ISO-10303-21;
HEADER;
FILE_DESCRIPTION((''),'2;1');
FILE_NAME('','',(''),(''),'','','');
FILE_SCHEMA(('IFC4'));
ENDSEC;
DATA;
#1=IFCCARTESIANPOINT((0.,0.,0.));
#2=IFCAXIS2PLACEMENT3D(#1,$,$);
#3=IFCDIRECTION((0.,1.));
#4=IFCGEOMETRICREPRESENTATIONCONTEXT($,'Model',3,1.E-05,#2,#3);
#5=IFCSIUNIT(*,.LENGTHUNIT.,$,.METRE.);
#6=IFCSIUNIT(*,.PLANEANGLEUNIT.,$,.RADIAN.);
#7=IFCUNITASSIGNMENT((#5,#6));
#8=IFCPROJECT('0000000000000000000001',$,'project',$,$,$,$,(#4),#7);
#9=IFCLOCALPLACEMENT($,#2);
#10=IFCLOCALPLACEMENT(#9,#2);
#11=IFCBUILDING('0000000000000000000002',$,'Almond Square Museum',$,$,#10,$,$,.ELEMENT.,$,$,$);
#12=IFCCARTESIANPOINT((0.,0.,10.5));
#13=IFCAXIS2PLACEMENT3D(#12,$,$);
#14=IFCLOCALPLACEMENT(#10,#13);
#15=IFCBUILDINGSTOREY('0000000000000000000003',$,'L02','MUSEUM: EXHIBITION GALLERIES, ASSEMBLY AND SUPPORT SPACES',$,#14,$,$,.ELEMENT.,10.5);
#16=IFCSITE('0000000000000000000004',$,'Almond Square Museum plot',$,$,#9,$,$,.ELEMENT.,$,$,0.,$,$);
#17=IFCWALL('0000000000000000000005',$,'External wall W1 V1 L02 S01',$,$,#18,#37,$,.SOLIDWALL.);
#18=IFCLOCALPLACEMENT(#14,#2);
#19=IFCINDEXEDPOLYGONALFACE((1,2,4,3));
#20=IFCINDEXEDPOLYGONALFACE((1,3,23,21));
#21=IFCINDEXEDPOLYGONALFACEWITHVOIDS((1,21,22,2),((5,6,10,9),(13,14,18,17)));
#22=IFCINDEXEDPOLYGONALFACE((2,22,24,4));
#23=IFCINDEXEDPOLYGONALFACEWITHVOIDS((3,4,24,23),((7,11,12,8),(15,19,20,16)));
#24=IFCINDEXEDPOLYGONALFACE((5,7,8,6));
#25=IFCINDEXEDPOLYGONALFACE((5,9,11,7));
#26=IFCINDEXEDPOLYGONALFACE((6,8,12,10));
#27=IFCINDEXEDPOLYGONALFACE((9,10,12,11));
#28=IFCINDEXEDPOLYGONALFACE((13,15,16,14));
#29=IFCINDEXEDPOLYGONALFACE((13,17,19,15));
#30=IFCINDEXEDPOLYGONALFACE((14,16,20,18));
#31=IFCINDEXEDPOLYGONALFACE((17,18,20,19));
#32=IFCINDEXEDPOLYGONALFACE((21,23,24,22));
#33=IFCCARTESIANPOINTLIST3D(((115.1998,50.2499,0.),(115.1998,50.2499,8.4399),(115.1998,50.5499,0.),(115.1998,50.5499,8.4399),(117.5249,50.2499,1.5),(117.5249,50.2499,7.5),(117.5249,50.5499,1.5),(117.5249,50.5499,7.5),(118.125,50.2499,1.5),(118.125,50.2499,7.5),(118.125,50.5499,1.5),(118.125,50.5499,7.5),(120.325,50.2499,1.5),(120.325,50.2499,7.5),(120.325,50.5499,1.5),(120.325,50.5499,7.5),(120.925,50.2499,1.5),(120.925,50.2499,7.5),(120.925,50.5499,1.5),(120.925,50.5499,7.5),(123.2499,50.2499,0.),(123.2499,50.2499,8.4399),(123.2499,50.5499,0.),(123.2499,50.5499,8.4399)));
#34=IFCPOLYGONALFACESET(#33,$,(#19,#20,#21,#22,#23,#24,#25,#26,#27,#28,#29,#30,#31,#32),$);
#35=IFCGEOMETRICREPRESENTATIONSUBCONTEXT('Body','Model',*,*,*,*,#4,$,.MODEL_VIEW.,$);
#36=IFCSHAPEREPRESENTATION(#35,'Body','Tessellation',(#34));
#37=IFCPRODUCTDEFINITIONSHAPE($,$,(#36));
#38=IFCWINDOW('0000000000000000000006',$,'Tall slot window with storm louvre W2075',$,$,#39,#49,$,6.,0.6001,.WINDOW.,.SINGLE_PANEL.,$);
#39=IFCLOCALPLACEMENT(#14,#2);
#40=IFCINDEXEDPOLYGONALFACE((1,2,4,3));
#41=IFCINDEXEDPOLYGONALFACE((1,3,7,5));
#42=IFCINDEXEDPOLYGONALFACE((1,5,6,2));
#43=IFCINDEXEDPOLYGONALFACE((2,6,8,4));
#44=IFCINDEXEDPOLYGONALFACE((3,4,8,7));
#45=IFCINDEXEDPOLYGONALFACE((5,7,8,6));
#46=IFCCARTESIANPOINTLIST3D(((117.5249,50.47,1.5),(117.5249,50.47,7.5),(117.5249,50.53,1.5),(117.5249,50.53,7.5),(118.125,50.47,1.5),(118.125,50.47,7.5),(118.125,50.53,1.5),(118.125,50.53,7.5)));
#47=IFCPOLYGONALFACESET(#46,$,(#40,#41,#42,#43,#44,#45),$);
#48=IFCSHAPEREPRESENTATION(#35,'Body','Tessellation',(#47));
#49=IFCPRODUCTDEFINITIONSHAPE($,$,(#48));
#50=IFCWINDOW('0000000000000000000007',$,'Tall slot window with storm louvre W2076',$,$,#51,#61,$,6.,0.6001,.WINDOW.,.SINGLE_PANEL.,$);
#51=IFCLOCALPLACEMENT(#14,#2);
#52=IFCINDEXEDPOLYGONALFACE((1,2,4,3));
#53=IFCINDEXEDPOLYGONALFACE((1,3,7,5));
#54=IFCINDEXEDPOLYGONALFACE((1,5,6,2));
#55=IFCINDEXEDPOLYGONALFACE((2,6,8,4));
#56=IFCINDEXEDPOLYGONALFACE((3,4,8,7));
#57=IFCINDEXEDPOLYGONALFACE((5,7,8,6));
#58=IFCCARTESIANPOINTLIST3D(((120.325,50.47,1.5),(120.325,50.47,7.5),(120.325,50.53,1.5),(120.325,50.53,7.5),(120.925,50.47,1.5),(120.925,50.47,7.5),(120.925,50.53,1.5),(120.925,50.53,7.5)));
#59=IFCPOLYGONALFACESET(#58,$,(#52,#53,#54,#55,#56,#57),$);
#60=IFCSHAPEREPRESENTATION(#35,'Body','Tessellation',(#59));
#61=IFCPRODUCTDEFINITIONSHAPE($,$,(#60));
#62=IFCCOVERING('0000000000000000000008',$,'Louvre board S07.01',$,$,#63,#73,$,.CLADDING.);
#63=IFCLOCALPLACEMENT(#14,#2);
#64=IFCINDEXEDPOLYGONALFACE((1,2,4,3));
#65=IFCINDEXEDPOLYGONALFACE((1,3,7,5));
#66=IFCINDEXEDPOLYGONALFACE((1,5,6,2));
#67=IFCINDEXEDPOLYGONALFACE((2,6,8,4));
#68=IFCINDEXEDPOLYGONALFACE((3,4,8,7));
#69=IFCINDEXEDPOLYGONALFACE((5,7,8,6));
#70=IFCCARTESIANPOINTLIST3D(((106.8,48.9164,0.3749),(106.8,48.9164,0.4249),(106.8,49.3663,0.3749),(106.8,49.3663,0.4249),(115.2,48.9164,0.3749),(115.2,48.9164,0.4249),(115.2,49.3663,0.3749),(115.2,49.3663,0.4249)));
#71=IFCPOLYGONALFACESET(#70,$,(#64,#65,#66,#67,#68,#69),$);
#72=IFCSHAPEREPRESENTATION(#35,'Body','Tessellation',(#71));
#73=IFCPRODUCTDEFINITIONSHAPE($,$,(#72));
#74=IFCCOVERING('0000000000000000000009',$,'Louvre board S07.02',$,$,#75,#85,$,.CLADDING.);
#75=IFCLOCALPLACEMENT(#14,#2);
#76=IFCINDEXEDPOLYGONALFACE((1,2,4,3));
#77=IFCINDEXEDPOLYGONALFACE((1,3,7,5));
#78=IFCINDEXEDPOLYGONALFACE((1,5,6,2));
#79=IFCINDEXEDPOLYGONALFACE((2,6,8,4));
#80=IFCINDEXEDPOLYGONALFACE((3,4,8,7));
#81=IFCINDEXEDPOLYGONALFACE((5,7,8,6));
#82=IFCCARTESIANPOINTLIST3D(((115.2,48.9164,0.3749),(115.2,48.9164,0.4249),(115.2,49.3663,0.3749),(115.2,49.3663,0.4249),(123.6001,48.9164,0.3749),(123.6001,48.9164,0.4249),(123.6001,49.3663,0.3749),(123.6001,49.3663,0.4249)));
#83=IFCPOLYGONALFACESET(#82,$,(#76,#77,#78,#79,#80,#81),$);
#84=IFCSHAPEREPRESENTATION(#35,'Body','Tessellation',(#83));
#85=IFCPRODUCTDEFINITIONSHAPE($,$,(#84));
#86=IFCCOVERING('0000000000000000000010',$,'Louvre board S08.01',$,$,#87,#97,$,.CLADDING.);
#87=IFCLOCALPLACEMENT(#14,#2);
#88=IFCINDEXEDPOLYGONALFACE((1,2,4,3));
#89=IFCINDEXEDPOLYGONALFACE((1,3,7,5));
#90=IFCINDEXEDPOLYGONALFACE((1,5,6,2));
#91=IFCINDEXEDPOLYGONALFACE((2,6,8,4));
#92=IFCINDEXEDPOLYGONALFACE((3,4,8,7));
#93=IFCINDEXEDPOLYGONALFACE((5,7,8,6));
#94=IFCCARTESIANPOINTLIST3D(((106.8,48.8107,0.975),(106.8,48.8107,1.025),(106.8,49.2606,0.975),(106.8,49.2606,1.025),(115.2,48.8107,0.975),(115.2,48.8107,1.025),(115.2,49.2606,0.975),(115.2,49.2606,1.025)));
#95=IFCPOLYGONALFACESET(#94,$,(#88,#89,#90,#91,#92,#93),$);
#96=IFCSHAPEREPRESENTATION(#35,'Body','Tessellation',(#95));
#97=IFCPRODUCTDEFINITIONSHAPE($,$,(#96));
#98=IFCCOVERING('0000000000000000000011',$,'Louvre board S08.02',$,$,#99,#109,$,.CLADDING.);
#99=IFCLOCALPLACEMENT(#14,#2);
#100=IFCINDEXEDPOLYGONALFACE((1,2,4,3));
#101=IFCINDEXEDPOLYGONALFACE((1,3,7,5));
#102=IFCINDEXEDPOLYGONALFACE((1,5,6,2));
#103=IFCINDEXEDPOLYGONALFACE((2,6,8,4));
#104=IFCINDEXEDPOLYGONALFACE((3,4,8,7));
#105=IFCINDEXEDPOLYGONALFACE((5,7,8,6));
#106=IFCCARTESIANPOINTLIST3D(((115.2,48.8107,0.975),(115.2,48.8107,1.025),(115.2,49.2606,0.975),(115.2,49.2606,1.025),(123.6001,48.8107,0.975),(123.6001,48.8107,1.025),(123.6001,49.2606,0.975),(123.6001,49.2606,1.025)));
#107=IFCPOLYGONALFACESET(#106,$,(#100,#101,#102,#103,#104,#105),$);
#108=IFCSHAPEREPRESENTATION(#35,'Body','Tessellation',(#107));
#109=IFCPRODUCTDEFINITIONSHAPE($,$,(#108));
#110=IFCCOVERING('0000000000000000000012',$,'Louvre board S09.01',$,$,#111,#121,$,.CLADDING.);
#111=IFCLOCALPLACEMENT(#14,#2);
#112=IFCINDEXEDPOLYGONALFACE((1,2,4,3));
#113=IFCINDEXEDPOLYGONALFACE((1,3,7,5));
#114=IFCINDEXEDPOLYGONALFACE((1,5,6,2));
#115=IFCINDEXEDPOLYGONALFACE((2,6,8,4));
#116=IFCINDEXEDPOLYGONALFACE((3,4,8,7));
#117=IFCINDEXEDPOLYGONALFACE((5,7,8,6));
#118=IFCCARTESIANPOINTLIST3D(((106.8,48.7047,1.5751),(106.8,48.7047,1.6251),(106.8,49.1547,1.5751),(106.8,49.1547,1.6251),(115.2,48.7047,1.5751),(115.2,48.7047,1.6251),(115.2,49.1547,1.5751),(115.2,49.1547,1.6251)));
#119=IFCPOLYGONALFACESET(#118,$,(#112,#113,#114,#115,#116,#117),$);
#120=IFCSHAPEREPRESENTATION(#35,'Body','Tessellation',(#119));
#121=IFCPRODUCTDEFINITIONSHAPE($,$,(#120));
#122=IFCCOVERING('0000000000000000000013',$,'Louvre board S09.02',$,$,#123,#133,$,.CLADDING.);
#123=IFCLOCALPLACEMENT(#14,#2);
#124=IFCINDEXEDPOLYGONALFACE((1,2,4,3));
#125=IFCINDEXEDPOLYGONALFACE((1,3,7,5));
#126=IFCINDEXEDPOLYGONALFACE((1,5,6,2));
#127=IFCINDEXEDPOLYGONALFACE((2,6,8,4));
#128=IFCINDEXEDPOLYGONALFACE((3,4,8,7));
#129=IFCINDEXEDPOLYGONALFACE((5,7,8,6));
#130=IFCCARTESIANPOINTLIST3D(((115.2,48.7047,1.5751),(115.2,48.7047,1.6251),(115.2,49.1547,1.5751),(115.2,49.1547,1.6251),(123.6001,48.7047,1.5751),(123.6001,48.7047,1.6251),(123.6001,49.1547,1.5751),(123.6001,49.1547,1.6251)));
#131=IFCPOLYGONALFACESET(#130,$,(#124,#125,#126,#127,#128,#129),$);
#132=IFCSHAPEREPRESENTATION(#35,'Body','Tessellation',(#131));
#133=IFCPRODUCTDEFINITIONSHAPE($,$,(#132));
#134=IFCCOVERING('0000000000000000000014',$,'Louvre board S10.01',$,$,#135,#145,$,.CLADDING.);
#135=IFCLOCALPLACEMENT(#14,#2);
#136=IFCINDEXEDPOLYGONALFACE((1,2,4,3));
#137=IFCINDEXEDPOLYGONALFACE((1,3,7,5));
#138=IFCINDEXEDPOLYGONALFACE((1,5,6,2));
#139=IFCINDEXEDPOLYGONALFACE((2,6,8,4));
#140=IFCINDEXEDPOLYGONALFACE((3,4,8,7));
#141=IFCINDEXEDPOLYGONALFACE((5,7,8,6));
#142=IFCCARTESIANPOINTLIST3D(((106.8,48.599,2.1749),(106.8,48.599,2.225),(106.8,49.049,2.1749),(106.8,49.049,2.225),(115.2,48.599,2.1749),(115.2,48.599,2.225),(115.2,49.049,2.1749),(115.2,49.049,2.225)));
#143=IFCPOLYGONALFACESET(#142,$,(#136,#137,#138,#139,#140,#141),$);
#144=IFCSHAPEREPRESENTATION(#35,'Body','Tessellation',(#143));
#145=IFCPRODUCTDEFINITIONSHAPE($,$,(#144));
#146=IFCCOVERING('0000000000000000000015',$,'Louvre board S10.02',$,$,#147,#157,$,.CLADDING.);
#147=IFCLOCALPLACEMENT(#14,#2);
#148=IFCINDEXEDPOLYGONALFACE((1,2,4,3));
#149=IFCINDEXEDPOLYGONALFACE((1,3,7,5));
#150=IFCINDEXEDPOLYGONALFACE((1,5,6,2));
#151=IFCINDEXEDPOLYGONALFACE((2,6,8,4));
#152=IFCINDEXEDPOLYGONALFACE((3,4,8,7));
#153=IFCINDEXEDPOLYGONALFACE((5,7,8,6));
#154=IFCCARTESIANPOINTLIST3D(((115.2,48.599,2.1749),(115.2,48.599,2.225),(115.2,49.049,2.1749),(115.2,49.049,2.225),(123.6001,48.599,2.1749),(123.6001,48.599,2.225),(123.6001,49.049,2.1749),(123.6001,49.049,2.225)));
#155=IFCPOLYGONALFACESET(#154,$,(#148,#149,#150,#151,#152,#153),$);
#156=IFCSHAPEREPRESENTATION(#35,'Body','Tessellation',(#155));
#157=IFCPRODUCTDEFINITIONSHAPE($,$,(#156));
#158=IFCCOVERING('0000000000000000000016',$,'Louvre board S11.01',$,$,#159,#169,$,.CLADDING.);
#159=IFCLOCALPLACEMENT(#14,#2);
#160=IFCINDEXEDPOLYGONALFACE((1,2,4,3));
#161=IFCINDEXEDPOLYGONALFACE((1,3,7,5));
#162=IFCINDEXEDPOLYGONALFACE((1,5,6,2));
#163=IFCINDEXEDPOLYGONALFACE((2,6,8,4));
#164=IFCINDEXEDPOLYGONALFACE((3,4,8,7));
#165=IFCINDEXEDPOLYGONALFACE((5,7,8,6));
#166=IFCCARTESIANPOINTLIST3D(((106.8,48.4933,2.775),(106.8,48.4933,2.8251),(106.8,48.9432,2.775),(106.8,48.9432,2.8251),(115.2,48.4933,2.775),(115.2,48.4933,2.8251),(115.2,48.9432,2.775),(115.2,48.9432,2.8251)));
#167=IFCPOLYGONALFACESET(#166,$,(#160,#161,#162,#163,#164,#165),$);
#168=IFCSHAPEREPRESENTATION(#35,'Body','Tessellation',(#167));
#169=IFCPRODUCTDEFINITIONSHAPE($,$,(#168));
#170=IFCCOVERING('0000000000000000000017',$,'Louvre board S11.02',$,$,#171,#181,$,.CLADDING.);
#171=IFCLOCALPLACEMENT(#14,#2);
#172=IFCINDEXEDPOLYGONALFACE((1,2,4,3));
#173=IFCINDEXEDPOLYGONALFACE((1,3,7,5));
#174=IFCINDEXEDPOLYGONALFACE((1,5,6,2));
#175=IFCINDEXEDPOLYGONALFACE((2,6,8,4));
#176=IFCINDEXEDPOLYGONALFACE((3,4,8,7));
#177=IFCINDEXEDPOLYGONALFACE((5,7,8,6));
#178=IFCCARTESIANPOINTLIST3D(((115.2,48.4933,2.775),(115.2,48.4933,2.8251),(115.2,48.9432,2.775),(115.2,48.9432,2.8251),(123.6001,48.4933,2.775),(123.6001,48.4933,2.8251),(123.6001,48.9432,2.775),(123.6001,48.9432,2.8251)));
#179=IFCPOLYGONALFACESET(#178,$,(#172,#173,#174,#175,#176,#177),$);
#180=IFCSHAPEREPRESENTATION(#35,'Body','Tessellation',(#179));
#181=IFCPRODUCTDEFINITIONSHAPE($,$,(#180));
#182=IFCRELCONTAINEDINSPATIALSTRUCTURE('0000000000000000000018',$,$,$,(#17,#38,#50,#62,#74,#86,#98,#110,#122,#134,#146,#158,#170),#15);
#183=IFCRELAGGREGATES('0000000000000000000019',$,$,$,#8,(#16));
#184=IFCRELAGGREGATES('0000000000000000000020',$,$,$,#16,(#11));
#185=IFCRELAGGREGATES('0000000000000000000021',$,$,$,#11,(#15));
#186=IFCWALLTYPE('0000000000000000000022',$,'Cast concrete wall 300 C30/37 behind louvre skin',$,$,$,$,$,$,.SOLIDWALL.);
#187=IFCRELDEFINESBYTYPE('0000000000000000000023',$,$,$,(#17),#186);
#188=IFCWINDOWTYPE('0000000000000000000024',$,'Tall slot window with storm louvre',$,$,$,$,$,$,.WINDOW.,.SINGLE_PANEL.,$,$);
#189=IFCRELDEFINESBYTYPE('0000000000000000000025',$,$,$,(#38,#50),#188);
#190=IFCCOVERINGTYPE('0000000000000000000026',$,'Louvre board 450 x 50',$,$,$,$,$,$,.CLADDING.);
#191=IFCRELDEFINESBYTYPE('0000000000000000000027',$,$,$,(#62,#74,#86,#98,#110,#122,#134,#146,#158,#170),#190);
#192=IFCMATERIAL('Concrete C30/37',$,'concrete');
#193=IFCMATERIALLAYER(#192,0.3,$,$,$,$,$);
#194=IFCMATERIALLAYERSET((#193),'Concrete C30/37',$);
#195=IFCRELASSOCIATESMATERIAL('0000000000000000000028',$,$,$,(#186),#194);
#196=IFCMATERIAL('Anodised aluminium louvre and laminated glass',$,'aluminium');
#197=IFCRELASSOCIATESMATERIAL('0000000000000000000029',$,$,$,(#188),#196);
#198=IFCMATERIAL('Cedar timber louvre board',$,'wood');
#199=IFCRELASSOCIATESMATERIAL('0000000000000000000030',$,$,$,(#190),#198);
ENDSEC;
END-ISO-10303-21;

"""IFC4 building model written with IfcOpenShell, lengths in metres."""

from ifc_helpers import new_model, si_unit, direction, frame, frame_2d, origin, origin_2d, place, context, subcontext, project, spatial, rectangle, extrude, material, layer, layer_set, material_profile, profile_set, type_object, element, fill, save


model = new_model("IFC4")

# Units and contexts
model_context = context("Model", 3, precision=1e-05, world=origin(), true_north=direction((0.0, 1.0)))
body_context = subcontext(model_context, "Body", "Model", "MODEL_VIEW")
ifc_project = project(units=[si_unit("LENGTHUNIT", "METRE"), si_unit("PLANEANGLEUNIT", "RADIAN")], contexts=[model_context])

# Site, building, storey
site_placement = place(None, origin())
site = spatial("IfcSite", under=ifc_project, at=site_placement, Name="Almond Square Museum plot", CompositionType="ELEMENT", RefElevation=0.0)
building_placement = place(site_placement, origin())
building = spatial("IfcBuilding", under=site, at=building_placement, Name="Almond Square Museum", CompositionType="ELEMENT")
storey_placement = place(building_placement, frame((0.0, 0.0, 10.5)))
storey = spatial("IfcBuildingStorey", under=building, at=storey_placement, Name="L02", Description="MUSEUM: EXHIBITION GALLERIES, ASSEMBLY AND SUPPORT SPACES", CompositionType="ELEMENT", Elevation=10.5)

# Wall, openings, windows
ifc_material_1 = material(Name="Concrete C30/37", Category="concrete")
ifc_layer_1 = layer(ifc_material_1, 0.3)
ifc_layer_set_1 = layer_set([ifc_layer_1], Name="Concrete C30/37")
wall_type = type_object("IfcWallType", Name="Cast concrete wall 300 C30/37 behind louvre skin", PredefinedType="SOLIDWALL", material=ifc_layer_set_1)
wall_placement = place(storey_placement, frame((115.2, 50.3999, 0.0), z_axis=(0.0, 0.0, 1.0), x_axis=(1.0, 0.0, 0.0)))
wall = element("IfcWall", 1, at=wall_placement, inside=storey, type_object=wall_type, Name="External wall W1 V1 L02 S01", PredefinedType="SOLIDWALL", context=body_context, shape_type="SweptSolid", body=[
    extrude(rectangle(XDim=8.05, YDim=0.3, at=frame_2d((4.0249, 0.0))), origin(), (0.0, 0.0, 1.0), 8.4399),
])
opening_1_placement = place(wall_placement, frame((2.325, 0.0, 1.5)))
opening_1 = element("IfcOpeningElement", 2, at=opening_1_placement, cuts=wall, PredefinedType="OPENING", context=body_context, shape_type="SweptSolid", body=[
    extrude(rectangle(XDim=0.6001, YDim=6.0, at=frame_2d((0.3, 3.0))), frame((0.0, 0.1599, 0.0), z_axis=(0.0, -1.0, 0.0), x_axis=(1.0, 0.0, 0.0)), (0.0, 0.0, 1.0), 0.3201),
])
opening_2_placement = place(wall_placement, frame((5.125, 0.0, 1.5)))
opening_2 = element("IfcOpeningElement", 3, at=opening_2_placement, cuts=wall, PredefinedType="OPENING", context=body_context, shape_type="SweptSolid", body=[
    extrude(rectangle(XDim=0.6001, YDim=6.0, at=frame_2d((0.3, 3.0))), frame((0.0, 0.1599, 0.0), z_axis=(0.0, -1.0, 0.0), x_axis=(1.0, 0.0, 0.0)), (0.0, 0.0, 1.0), 0.3201),
])
ifc_material_2 = material(Name="Anodised aluminium louvre and laminated glass", Category="aluminium")
window_type = type_object("IfcWindowType", Name="Tall slot window with storm louvre", PartitioningType="SINGLE_PANEL", PredefinedType="WINDOW", material=ifc_material_2)
window_1_placement = place(opening_1_placement, origin())
window_1 = element("IfcWindow", 4, at=window_1_placement, inside=storey, type_object=window_type, Name="Tall slot window with storm louvre W2075", OverallHeight=6.0, OverallWidth=0.6001, PartitioningType="SINGLE_PANEL", PredefinedType="WINDOW", context=body_context, shape_type="SweptSolid", body=[
    extrude(rectangle(XDim=0.6001, YDim=6.0, at=frame_2d((0.3, 3.0))), frame((0.0, 0.1301, 0.0), z_axis=(0.0, -1.0, 0.0), x_axis=(1.0, 0.0, 0.0)), (0.0, 0.0, 1.0), 0.0601),
])
fill(opening_1, window_1)
window_2_placement = place(opening_2_placement, origin())
window_2 = element("IfcWindow", 5, at=window_2_placement, inside=storey, type_object=window_type, Name="Tall slot window with storm louvre W2076", OverallHeight=6.0, OverallWidth=0.6001, PartitioningType="SINGLE_PANEL", PredefinedType="WINDOW", context=body_context, shape_type="SweptSolid", body=[
    extrude(rectangle(XDim=0.6001, YDim=6.0, at=frame_2d((0.3, 3.0))), frame((0.0, 0.1301, 0.0), z_axis=(0.0, -1.0, 0.0), x_axis=(1.0, 0.0, 0.0)), (0.0, 0.0, 1.0), 0.0601),
])
fill(opening_2, window_2)

# Coverings
ifc_material_3 = material(Name="Cedar timber louvre board", Category="wood")
ifc_material_profile = material_profile(ifc_material_3, rectangle(XDim=0.45, YDim=0.05, at=origin_2d()))
ifc_profile_set = profile_set([ifc_material_profile], Name="Cedar timber louvre board")
covering_type_1 = type_object("IfcCoveringType", Name="Louvre board 450 x 50", PredefinedType="CLADDING", material=ifc_profile_set)
covering_1_placement = place(storey_placement, frame((106.8, 49.1414, 0.3999), z_axis=(1.0, 0.0, 0.0), x_axis=(0.0, 1.0, 0.0)))
element("IfcCovering", 6, at=covering_1_placement, inside=storey, type_object=covering_type_1, Name="Louvre board S07.01", PredefinedType="CLADDING", context=body_context, shape_type="SweptSolid", body=[
    extrude(rectangle(XDim=0.45, YDim=0.05, at=origin_2d()), origin(), (0.0, 0.0, 1.0), 8.3999),
])
covering_2_placement = place(storey_placement, frame((115.2, 49.1414, 0.3999), z_axis=(1.0, 0.0, 0.0), x_axis=(0.0, 1.0, 0.0)))
element("IfcCovering", 7, at=covering_2_placement, inside=storey, type_object=covering_type_1, Name="Louvre board S07.02", PredefinedType="CLADDING", context=body_context, shape_type="SweptSolid", body=[
    extrude(rectangle(XDim=0.45, YDim=0.05, at=origin_2d()), origin(), (0.0, 0.0, 1.0), 8.4001),
])
covering_3_placement = place(storey_placement, frame((106.8, 49.0356, 1.0), z_axis=(1.0, 0.0, 0.0), x_axis=(0.0, 1.0, 0.0)))
element("IfcCovering", 8, at=covering_3_placement, inside=storey, type_object=covering_type_1, Name="Louvre board S08.01", PredefinedType="CLADDING", context=body_context, shape_type="SweptSolid", body=[
    extrude(rectangle(XDim=0.45, YDim=0.05, at=origin_2d()), origin(), (0.0, 0.0, 1.0), 8.3999),
])
covering_4_placement = place(storey_placement, frame((115.2, 49.0356, 1.0), z_axis=(1.0, 0.0, 0.0), x_axis=(0.0, 1.0, 0.0)))
element("IfcCovering", 9, at=covering_4_placement, inside=storey, type_object=covering_type_1, Name="Louvre board S08.02", PredefinedType="CLADDING", context=body_context, shape_type="SweptSolid", body=[
    extrude(rectangle(XDim=0.45, YDim=0.05, at=origin_2d()), origin(), (0.0, 0.0, 1.0), 8.4001),
])
covering_5_placement = place(storey_placement, frame((106.8, 48.9297, 1.6001), z_axis=(1.0, 0.0, 0.0), x_axis=(0.0, 1.0, 0.0)))
element("IfcCovering", 10, at=covering_5_placement, inside=storey, type_object=covering_type_1, Name="Louvre board S09.01", PredefinedType="CLADDING", context=body_context, shape_type="SweptSolid", body=[
    extrude(rectangle(XDim=0.45, YDim=0.05, at=origin_2d()), origin(), (0.0, 0.0, 1.0), 8.3999),
])
covering_6_placement = place(storey_placement, frame((115.2, 48.9297, 1.6001), z_axis=(1.0, 0.0, 0.0), x_axis=(0.0, 1.0, 0.0)))
element("IfcCovering", 11, at=covering_6_placement, inside=storey, type_object=covering_type_1, Name="Louvre board S09.02", PredefinedType="CLADDING", context=body_context, shape_type="SweptSolid", body=[
    extrude(rectangle(XDim=0.45, YDim=0.05, at=origin_2d()), origin(), (0.0, 0.0, 1.0), 8.4001),
])
covering_7_placement = place(storey_placement, frame((106.8, 48.824, 2.2), z_axis=(1.0, 0.0, 0.0), x_axis=(0.0, 1.0, 0.0)))
element("IfcCovering", 12, at=covering_7_placement, inside=storey, type_object=covering_type_1, Name="Louvre board S10.01", PredefinedType="CLADDING", context=body_context, shape_type="SweptSolid", body=[
    extrude(rectangle(XDim=0.45, YDim=0.05, at=origin_2d()), origin(), (0.0, 0.0, 1.0), 8.3999),
])
covering_8_placement = place(storey_placement, frame((115.2, 48.824, 2.2), z_axis=(1.0, 0.0, 0.0), x_axis=(0.0, 1.0, 0.0)))
element("IfcCovering", 13, at=covering_8_placement, inside=storey, type_object=covering_type_1, Name="Louvre board S10.02", PredefinedType="CLADDING", context=body_context, shape_type="SweptSolid", body=[
    extrude(rectangle(XDim=0.45, YDim=0.05, at=origin_2d()), origin(), (0.0, 0.0, 1.0), 8.4001),
])
covering_9_placement = place(storey_placement, frame((106.8, 48.7183, 2.8), z_axis=(1.0, 0.0, 0.0), x_axis=(0.0, 1.0, 0.0)))
element("IfcCovering", 14, at=covering_9_placement, inside=storey, type_object=covering_type_1, Name="Louvre board S11.01", PredefinedType="CLADDING", context=body_context, shape_type="SweptSolid", body=[
    extrude(rectangle(XDim=0.45, YDim=0.05, at=origin_2d()), origin(), (0.0, 0.0, 1.0), 8.3999),
])
covering_10_placement = place(storey_placement, frame((115.2, 48.7183, 2.8), z_axis=(1.0, 0.0, 0.0), x_axis=(0.0, 1.0, 0.0)))
element("IfcCovering", 15, at=covering_10_placement, inside=storey, type_object=covering_type_1, Name="Louvre board S11.02", PredefinedType="CLADDING", context=body_context, shape_type="SweptSolid", body=[
    extrude(rectangle(XDim=0.45, YDim=0.05, at=origin_2d()), origin(), (0.0, 0.0, 1.0), 8.4001),
])

save(model, "model.ifc")
